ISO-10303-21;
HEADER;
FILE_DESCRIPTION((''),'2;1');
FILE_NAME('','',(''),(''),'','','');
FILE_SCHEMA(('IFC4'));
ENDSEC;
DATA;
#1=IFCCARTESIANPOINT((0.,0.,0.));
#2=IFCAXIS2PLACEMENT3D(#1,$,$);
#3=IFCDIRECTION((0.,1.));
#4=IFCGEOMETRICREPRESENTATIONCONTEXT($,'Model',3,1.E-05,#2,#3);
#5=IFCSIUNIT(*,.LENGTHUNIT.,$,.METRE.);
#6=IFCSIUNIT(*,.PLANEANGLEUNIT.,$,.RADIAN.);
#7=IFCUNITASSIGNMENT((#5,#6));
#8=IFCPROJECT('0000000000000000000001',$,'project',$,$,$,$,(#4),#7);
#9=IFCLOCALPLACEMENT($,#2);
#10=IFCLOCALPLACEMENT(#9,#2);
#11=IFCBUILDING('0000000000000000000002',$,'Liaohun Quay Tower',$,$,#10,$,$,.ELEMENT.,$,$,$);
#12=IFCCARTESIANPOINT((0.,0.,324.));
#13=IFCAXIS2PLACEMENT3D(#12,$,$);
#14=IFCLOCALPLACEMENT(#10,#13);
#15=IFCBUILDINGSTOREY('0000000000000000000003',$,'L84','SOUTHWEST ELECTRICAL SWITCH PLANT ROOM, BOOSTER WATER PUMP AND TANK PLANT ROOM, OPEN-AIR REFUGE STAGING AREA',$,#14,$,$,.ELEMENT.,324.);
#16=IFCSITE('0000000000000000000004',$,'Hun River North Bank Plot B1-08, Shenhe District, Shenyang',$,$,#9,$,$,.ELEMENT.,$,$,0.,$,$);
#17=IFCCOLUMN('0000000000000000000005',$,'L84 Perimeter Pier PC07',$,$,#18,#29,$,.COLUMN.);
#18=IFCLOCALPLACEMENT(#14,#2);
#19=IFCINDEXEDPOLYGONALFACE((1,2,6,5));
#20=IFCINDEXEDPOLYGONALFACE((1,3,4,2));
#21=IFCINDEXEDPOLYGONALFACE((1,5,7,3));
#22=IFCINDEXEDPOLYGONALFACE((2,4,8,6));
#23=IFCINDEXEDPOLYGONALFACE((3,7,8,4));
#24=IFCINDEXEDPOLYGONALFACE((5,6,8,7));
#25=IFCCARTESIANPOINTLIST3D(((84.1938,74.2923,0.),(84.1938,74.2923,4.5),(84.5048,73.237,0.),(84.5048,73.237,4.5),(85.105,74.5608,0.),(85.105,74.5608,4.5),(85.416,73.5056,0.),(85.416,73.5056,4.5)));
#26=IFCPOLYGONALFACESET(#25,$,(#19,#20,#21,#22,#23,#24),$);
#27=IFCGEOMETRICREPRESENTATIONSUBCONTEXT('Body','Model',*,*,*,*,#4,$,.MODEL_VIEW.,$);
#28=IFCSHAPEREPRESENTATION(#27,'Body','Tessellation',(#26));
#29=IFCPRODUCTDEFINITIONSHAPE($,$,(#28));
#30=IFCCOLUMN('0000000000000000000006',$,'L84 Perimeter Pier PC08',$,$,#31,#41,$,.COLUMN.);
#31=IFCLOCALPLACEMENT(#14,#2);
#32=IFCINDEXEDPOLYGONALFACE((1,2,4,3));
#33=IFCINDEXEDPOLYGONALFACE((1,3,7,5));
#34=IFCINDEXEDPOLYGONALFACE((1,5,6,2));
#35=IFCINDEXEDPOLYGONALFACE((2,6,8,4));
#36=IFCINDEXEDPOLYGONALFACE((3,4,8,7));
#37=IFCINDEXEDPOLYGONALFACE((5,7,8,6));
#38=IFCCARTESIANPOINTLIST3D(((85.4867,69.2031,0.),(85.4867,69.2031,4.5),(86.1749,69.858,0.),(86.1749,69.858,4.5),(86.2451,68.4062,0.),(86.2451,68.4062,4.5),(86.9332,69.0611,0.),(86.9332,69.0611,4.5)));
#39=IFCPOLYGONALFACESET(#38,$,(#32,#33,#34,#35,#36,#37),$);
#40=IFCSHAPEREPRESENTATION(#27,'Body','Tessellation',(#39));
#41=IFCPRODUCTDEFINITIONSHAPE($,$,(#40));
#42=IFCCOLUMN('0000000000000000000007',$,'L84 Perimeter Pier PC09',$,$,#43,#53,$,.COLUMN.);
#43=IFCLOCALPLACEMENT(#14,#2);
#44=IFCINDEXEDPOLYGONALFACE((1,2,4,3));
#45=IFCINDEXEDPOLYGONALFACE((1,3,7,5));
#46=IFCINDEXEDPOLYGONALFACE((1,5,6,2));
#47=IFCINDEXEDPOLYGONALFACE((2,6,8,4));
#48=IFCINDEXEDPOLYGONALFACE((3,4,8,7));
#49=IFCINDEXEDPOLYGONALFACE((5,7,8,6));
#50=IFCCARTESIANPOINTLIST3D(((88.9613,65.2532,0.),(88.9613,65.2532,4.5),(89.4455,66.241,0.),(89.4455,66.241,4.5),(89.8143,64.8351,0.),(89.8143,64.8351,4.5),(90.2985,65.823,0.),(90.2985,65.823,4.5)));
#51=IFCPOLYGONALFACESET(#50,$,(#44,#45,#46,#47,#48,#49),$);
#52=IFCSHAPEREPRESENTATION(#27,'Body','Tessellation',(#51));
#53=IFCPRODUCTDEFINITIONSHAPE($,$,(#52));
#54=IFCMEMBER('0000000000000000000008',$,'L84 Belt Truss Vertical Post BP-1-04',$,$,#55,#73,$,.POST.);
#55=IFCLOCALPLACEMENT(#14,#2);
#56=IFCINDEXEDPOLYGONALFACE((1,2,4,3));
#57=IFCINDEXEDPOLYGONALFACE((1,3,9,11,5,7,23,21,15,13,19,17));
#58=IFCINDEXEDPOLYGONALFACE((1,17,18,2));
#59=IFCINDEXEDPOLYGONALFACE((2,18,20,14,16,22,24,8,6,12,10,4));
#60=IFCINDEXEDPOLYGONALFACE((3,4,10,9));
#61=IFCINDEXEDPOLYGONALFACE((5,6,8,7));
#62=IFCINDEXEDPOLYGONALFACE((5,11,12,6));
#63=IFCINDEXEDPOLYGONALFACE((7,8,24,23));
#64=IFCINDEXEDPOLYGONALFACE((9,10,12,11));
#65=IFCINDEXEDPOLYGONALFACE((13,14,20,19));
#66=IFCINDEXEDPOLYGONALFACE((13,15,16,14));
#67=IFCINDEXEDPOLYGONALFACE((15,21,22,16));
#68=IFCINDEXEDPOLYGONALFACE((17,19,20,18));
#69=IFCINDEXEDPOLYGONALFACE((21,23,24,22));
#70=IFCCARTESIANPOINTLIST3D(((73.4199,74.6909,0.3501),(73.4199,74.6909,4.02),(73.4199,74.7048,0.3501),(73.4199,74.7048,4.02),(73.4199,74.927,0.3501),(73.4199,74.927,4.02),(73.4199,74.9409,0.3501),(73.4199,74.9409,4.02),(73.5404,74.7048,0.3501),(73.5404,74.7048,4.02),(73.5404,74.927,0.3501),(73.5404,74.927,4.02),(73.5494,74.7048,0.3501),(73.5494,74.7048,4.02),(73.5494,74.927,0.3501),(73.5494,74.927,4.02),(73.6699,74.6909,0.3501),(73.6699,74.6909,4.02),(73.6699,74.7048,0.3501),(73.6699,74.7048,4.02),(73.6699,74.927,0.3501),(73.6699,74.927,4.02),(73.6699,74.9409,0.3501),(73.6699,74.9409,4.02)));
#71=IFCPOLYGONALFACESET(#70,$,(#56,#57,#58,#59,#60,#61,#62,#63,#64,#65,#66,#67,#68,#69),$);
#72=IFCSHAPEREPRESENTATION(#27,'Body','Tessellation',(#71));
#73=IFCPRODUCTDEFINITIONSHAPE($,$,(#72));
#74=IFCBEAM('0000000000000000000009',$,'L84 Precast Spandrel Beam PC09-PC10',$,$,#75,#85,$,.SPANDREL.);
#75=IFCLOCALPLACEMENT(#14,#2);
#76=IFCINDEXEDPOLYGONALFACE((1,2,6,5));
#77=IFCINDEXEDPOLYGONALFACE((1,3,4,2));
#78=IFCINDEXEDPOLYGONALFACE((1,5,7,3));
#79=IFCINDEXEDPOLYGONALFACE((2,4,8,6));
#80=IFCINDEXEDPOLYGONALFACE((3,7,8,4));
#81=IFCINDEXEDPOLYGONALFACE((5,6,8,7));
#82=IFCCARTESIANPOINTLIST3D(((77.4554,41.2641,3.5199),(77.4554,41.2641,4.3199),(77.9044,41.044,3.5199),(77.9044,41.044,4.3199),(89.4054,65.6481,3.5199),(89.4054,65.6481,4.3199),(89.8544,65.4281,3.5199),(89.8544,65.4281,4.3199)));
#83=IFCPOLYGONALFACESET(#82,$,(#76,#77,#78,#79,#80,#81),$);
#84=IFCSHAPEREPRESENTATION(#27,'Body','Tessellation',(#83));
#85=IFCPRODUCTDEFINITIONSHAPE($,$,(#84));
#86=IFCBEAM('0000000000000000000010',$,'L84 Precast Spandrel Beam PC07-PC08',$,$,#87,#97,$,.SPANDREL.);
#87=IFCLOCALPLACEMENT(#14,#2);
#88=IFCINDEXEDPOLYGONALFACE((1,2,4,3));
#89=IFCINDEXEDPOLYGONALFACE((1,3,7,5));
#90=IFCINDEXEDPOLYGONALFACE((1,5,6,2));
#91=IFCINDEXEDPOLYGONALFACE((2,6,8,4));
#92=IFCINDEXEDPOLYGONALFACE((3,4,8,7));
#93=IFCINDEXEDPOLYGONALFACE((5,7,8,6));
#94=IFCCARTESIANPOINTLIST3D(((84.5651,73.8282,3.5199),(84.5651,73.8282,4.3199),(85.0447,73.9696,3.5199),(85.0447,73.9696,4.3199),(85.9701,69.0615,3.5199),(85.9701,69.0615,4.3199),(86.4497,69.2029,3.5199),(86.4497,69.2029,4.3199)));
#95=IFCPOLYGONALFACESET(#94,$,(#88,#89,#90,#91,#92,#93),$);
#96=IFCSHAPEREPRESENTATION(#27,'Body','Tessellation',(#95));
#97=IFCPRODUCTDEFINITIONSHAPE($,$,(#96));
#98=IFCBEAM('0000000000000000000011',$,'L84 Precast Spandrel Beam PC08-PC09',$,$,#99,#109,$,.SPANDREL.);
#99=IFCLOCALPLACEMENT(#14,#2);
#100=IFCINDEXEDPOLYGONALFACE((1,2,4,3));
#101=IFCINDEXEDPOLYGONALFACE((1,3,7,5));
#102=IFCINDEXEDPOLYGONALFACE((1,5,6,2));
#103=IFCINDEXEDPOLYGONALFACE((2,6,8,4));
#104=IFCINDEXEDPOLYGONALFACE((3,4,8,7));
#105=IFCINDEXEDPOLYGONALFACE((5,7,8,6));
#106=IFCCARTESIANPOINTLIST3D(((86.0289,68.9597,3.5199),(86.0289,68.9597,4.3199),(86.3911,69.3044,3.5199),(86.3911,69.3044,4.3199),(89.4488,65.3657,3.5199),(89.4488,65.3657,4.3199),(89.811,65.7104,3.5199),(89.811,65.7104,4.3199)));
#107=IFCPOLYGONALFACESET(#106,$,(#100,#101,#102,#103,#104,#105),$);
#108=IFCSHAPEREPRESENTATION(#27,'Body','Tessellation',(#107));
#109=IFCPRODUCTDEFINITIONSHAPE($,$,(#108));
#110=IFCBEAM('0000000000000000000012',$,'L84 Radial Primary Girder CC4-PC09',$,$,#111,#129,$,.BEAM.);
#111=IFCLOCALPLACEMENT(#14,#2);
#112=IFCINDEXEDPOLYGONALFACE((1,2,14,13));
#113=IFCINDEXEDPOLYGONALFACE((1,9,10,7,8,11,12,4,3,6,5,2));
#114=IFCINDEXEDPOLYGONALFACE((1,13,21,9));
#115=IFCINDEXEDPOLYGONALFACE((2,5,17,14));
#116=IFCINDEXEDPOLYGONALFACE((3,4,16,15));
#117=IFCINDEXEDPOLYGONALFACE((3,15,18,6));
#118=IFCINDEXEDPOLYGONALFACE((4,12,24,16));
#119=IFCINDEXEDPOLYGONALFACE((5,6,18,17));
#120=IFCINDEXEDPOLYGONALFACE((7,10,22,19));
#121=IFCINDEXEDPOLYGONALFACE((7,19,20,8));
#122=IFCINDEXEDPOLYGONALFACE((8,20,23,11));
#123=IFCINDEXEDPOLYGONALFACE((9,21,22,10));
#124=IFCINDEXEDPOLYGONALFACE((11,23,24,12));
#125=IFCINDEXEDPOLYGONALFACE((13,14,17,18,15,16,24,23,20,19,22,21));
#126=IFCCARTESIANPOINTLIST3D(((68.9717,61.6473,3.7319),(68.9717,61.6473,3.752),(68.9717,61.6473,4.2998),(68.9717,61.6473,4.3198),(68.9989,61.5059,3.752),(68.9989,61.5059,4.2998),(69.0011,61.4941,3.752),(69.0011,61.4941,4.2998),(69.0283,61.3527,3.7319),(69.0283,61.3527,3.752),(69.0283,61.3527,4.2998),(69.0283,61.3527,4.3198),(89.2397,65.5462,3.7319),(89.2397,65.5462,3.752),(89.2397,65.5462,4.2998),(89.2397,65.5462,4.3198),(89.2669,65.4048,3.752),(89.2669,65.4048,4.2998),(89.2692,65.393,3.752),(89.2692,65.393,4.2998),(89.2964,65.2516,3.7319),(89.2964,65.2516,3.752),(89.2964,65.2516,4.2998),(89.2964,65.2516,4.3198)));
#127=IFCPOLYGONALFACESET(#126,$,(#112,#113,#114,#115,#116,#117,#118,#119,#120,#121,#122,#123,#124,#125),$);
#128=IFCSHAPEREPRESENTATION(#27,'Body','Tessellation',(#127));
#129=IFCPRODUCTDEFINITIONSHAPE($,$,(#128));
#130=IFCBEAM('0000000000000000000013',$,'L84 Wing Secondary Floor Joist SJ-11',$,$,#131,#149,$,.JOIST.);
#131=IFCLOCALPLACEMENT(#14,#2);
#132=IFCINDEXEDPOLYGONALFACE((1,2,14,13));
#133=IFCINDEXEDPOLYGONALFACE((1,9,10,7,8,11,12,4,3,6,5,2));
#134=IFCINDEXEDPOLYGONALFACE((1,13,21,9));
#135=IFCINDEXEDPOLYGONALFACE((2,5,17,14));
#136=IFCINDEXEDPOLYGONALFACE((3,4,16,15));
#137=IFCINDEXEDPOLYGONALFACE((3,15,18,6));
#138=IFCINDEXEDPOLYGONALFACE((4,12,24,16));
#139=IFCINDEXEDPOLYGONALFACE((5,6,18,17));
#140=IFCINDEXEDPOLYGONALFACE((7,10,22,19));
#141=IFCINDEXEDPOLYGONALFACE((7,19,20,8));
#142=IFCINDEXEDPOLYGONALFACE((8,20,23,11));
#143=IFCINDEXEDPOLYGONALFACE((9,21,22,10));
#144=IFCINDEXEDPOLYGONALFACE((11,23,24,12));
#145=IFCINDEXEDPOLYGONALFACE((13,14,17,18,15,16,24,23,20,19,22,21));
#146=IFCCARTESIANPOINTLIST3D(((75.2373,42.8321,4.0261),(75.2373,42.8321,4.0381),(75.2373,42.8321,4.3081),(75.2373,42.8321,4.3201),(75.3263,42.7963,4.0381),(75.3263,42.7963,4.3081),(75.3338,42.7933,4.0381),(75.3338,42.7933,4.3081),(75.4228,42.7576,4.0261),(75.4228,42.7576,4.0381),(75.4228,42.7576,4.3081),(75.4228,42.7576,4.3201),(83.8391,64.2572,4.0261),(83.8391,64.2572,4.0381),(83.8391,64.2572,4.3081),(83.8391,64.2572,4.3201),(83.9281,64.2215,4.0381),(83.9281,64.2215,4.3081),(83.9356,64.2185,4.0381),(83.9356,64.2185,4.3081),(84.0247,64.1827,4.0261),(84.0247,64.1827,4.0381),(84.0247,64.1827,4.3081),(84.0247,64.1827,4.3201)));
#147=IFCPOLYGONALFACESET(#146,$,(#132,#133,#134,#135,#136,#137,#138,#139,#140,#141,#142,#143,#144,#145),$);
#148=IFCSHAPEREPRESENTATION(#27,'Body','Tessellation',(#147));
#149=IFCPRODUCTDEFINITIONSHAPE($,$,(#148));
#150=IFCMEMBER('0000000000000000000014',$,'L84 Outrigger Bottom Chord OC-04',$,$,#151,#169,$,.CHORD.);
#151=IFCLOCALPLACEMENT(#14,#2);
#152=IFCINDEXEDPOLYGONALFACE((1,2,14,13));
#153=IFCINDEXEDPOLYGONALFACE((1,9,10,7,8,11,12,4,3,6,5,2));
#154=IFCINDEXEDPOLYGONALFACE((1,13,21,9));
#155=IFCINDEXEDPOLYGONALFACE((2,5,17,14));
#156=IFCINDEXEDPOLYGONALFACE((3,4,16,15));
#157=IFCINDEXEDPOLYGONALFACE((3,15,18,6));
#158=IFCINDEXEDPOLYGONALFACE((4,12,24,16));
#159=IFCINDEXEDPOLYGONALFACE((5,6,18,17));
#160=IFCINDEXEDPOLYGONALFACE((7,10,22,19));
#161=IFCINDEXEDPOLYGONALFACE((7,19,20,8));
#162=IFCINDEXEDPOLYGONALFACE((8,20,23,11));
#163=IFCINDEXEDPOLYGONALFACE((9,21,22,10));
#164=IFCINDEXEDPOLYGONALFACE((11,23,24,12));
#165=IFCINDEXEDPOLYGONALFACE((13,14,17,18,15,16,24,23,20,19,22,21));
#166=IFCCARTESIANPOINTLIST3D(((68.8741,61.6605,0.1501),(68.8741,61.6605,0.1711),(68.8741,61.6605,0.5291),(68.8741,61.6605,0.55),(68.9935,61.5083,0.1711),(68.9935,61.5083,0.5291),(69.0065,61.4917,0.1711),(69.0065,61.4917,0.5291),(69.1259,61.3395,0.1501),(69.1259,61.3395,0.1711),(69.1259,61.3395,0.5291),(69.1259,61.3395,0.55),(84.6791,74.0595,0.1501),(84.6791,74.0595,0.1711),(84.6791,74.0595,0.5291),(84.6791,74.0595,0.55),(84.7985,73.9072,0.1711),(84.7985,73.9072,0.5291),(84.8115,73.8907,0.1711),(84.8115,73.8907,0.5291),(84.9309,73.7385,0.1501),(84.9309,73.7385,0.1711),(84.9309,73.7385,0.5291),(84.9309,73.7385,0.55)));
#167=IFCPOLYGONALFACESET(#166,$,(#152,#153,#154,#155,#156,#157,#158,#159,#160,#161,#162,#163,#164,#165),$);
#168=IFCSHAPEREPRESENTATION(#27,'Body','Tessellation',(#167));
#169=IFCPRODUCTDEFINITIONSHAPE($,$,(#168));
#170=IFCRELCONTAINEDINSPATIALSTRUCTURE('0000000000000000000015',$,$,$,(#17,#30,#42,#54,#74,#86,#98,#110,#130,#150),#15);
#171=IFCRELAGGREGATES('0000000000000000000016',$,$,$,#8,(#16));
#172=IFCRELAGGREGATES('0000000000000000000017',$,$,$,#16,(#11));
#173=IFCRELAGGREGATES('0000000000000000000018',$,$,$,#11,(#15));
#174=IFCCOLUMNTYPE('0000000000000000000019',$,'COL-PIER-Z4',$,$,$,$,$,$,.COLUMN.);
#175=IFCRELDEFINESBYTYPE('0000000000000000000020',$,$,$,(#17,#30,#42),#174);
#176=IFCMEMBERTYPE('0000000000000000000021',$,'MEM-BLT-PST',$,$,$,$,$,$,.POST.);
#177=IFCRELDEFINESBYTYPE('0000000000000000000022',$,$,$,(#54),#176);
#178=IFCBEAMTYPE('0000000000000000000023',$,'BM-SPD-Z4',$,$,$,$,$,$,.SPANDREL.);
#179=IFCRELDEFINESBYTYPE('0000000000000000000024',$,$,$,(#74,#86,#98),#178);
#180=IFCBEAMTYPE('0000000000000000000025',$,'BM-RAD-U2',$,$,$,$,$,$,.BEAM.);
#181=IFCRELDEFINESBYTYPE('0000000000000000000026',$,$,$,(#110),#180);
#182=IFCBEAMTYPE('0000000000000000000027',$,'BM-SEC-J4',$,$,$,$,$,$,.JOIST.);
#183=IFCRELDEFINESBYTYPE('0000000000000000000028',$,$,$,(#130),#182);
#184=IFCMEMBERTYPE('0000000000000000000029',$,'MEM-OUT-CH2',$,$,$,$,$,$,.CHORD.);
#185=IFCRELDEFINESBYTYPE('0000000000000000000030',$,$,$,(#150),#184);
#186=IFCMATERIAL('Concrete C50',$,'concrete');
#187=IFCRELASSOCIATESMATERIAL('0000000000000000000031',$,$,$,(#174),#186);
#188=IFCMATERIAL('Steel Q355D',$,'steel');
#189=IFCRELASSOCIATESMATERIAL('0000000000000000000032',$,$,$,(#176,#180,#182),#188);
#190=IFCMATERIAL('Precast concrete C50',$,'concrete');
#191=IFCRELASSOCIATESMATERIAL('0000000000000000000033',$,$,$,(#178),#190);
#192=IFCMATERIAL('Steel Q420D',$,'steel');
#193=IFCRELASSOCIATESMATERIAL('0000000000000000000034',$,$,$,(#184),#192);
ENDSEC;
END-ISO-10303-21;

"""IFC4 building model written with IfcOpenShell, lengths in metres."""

from ifc_helpers import new_model, si_unit, direction, frame, origin, origin_2d, place, context, subcontext, project, spatial, rectangle, i_section, extrude, source, transform, mapped, material, material_profile, profile_set, type_object, element, save


model = new_model("IFC4")

# Units and contexts
model_context = context("Model", 3, precision=1e-05, world=origin(), true_north=direction((0.0, 1.0)))
body_context = subcontext(model_context, "Body", "Model", "MODEL_VIEW")
ifc_project = project(units=[si_unit("LENGTHUNIT", "METRE"), si_unit("PLANEANGLEUNIT", "RADIAN")], contexts=[model_context])

# Site, building, storey
site_placement = place(None, origin())
site = spatial("IfcSite", under=ifc_project, at=site_placement, Name="Hun River North Bank Plot B1-08, Shenhe District, Shenyang", CompositionType="ELEMENT", RefElevation=0.0)
building_placement = place(site_placement, origin())
building = spatial("IfcBuilding", under=site, at=building_placement, Name="Liaohun Quay Tower", CompositionType="ELEMENT")
storey_placement = place(building_placement, frame((0.0, 0.0, 324.0)))
storey = spatial("IfcBuildingStorey", under=building, at=storey_placement, Name="L84", Description="SOUTHWEST ELECTRICAL SWITCH PLANT ROOM, BOOSTER WATER PUMP AND TANK PLANT ROOM, OPEN-AIR REFUGE STAGING AREA", CompositionType="ELEMENT", Elevation=324.0)

# Columns
ifc_material_1 = material(Name="Concrete C50", Category="concrete")
ifc_material_profile_1 = material_profile(ifc_material_1, rectangle(XDim=1.1001, YDim=0.95, at=origin_2d()), Name="RC1100x950")
ifc_profile_set_1 = profile_set([ifc_material_profile_1], Name="Concrete C50")
column_type = type_object("IfcColumnType", Name="COL-PIER-Z4", PredefinedType="COLUMN", material=ifc_profile_set_1)
shared_shape_1 = source(origin(), body_context, "Body", "SweptSolid", [
    extrude(rectangle(XDim=1.1001, YDim=0.95, at=origin_2d()), origin(), (0.0, 0.0, 1.0), 4.5),
])
for number, where, z_axis, x_axis, name in (
    (1, (84.8049, 73.8989, 0.0), (0.0, 0.0, 1.0), (-0.282676, 0.959215, 0.0), "L84 Perimeter Pier PC07"),
    (2, (86.21, 69.1321, 0.0), (0.0, 0.0, 1.0), (-0.689367, 0.724413, 0.0), "L84 Perimeter Pier PC08"),
    (3, (89.6299, 65.5381, 0.0), (0.0, 0.0, 1.0), (0.440096, 0.897951, 0.0), "L84 Perimeter Pier PC09"),
):
    element("IfcColumn", number, at=place(storey_placement, frame(where, z_axis=z_axis, x_axis=x_axis)), inside=storey, type_object=column_type, Name=name, PredefinedType="COLUMN", context=body_context, shape_type="MappedRepresentation", body=[
        mapped(shared_shape_1, transform((0.0, 0.0, 0.0), x_axis=(1.0, 0.0, 0.0), y_axis=(0.0, 1.0, 0.0), z_axis=(0.0, 0.0, 1.0), scale=1.0)),
    ])

# Member
ifc_material_2 = material(Name="Steel Q355D", Category="steel")
ifc_material_profile_2 = material_profile(ifc_material_2, i_section(OverallWidth=0.25, OverallDepth=0.25, WebThickness=0.009, FlangeThickness=0.0139, at=origin_2d()), Name="HW250x250x9x14")
ifc_profile_set_2 = profile_set([ifc_material_profile_2], Name="Steel Q355D")
member_type_1 = type_object("IfcMemberType", Name="MEM-BLT-PST", PredefinedType="POST", material=ifc_profile_set_2)
shared_shape_2 = source(origin(), body_context, "Body", "SweptSolid", [
    extrude(i_section(OverallWidth=0.25, OverallDepth=0.25, WebThickness=0.009, FlangeThickness=0.0139, at=origin_2d()), origin(), (0.0, 0.0, 1.0), 3.6699),
])
member_1_placement = place(storey_placement, frame((73.5449, 74.8159, 0.3501), z_axis=(0.0, 0.0, 1.0), x_axis=(1.0, 0.0, 0.0)))
element("IfcMember", 4, at=member_1_placement, inside=storey, type_object=member_type_1, Name="L84 Belt Truss Vertical Post BP-1-04", PredefinedType="POST", context=body_context, shape_type="MappedRepresentation", body=[
    mapped(shared_shape_2, transform((0.0, 0.0, 0.0), x_axis=(1.0, 0.0, 0.0), y_axis=(0.0, 1.0, 0.0), z_axis=(0.0, 0.0, 1.0), scale=1.0)),
])

# Beams
ifc_material_3 = material(Name="Precast concrete C50", Category="concrete")
ifc_material_profile_3 = material_profile(ifc_material_3, rectangle(XDim=0.5, YDim=0.8, at=origin_2d()), Name="RC500x800")
ifc_profile_set_3 = profile_set([ifc_material_profile_3], Name="Precast concrete C50")
beam_type_1 = type_object("IfcBeamType", Name="BM-SPD-Z4", PredefinedType="SPANDREL", material=ifc_profile_set_3)
shared_shape_3 = source(origin(), body_context, "Body", "SweptSolid", [
    extrude(rectangle(XDim=0.5, YDim=0.8, at=origin_2d()), origin(), (0.0, 0.0, 1.0), 27.1548),
])
beam_1_placement = place(storey_placement, frame((89.6299, 65.5381, 3.9199), z_axis=(-0.440068, -0.897964, 0.0), x_axis=(0.897964, -0.440068, 0.0)))
element("IfcBeam", 5, at=beam_1_placement, inside=storey, type_object=beam_type_1, Name="L84 Precast Spandrel Beam PC09-PC10", PredefinedType="SPANDREL", context=body_context, shape_type="MappedRepresentation", body=[
    mapped(shared_shape_3, transform((0.0, 0.0, 0.0), x_axis=(1.0, 0.0, 0.0), y_axis=(0.0, 1.0, 0.0), z_axis=(0.0, 0.0, 1.0), scale=1.0)),
])
shared_shape_4 = source(origin(), body_context, "Body", "SweptSolid", [
    extrude(rectangle(XDim=0.5, YDim=0.8, at=origin_2d()), origin(), (0.0, 0.0, 1.0), 4.9695),
])
beam_2_placement = place(storey_placement, frame((84.8049, 73.8989, 3.9199), z_axis=(0.282725, -0.959201, 0.0), x_axis=(0.959201, 0.282725, 0.0)))
element("IfcBeam", 6, at=beam_2_placement, inside=storey, type_object=beam_type_1, Name="L84 Precast Spandrel Beam PC07-PC08", PredefinedType="SPANDREL", context=body_context, shape_type="MappedRepresentation", body=[
    mapped(shared_shape_4, transform((0.0, 0.0, 0.0), x_axis=(1.0, 0.0, 0.0), y_axis=(0.0, 1.0, 0.0), z_axis=(0.0, 0.0, 1.0), scale=1.0)),
])
shared_shape_5 = source(origin(), body_context, "Body", "SweptSolid", [
    extrude(rectangle(XDim=0.5, YDim=0.8, at=origin_2d()), origin(), (0.0, 0.0, 1.0), 4.9612),
])
beam_3_placement = place(storey_placement, frame((86.21, 69.1321, 3.9199), z_axis=(0.689345, -0.724433, 0.0), x_axis=(0.724433, 0.689345, 0.0)))
element("IfcBeam", 7, at=beam_3_placement, inside=storey, type_object=beam_type_1, Name="L84 Precast Spandrel Beam PC08-PC09", PredefinedType="SPANDREL", context=body_context, shape_type="MappedRepresentation", body=[
    mapped(shared_shape_5, transform((0.0, 0.0, 0.0), x_axis=(1.0, 0.0, 0.0), y_axis=(0.0, 1.0, 0.0), z_axis=(0.0, 0.0, 1.0), scale=1.0)),
])
ifc_material_profile_4 = material_profile(ifc_material_2, i_section(OverallWidth=0.3, OverallDepth=0.5879, WebThickness=0.012, FlangeThickness=0.02, at=origin_2d()), Name="HM588x300x12x20")
ifc_profile_set_4 = profile_set([ifc_material_profile_4], Name="Steel Q355D")
beam_type_2 = type_object("IfcBeamType", Name="BM-RAD-U2", PredefinedType="BEAM", material=ifc_profile_set_4)
shared_shape_6 = source(origin(), body_context, "Body", "SweptSolid", [
    extrude(i_section(OverallWidth=0.3, OverallDepth=0.5879, WebThickness=0.012, FlangeThickness=0.02, at=origin_2d()), origin(), (0.0, 0.0, 1.0), 20.6396),
])
beam_4_placement = place(storey_placement, frame((69.0, 61.5, 4.0259), z_axis=(0.981995, 0.188904, 0.0), x_axis=(-0.188904, 0.981995, 0.0)))
element("IfcBeam", 8, at=beam_4_placement, inside=storey, type_object=beam_type_2, Name="L84 Radial Primary Girder CC4-PC09", PredefinedType="BEAM", context=body_context, shape_type="MappedRepresentation", body=[
    mapped(shared_shape_6, transform((0.0, 0.0, 0.0), x_axis=(1.0, 0.0, 0.0), y_axis=(0.0, 1.0, 0.0), z_axis=(0.0, 0.0, 1.0), scale=1.0)),
])
ifc_material_profile_5 = material_profile(ifc_material_2, i_section(OverallWidth=0.2, OverallDepth=0.2939, WebThickness=0.0081, FlangeThickness=0.012, at=origin_2d()), Name="HM294x200x8x12")
ifc_profile_set_5 = profile_set([ifc_material_profile_5], Name="Steel Q355D")
beam_type_3 = type_object("IfcBeamType", Name="BM-SEC-J4", PredefinedType="JOIST", material=ifc_profile_set_5)
shared_shape_7 = source(origin(), body_context, "Body", "SweptSolid", [
    extrude(i_section(OverallWidth=0.2, OverallDepth=0.2939, WebThickness=0.0081, FlangeThickness=0.012, at=origin_2d()), origin(), (0.0, 0.0, 1.0), 23.0874),
])
beam_5_placement = place(storey_placement, frame((83.9319, 64.22, 4.1731), z_axis=(-0.372577, -0.928001, 0.0), x_axis=(0.928001, -0.372577, 0.0)))
element("IfcBeam", 9, at=beam_5_placement, inside=storey, type_object=beam_type_3, Name="L84 Wing Secondary Floor Joist SJ-11", PredefinedType="JOIST", context=body_context, shape_type="MappedRepresentation", body=[
    mapped(shared_shape_7, transform((0.0, 0.0, 0.0), x_axis=(1.0, 0.0, 0.0), y_axis=(0.0, 1.0, 0.0), z_axis=(0.0, 0.0, 1.0), scale=1.0)),
])

# Member
ifc_material_4 = material(Name="Steel Q420D", Category="steel")
ifc_material_profile_6 = material_profile(ifc_material_4, i_section(OverallWidth=0.408, OverallDepth=0.3999, WebThickness=0.021, FlangeThickness=0.021, at=origin_2d()), Name="HW400x408x21x21")
ifc_profile_set_6 = profile_set([ifc_material_profile_6], Name="Steel Q420D")
member_type_2 = type_object("IfcMemberType", Name="MEM-OUT-CH2", PredefinedType="CHORD", material=ifc_profile_set_6)
shared_shape_8 = source(origin(), body_context, "Body", "SweptSolid", [
    extrude(i_section(OverallWidth=0.408, OverallDepth=0.3999, WebThickness=0.021, FlangeThickness=0.021, at=origin_2d()), origin(), (0.0, 0.0, 1.0), 20.0881),
])
member_2_placement = place(storey_placement, frame((69.0, 61.5, 0.3501), z_axis=(0.786783, 0.617229, 0.0), x_axis=(-0.617229, 0.786783, 0.0)))
element("IfcMember", 10, at=member_2_placement, inside=storey, type_object=member_type_2, Name="L84 Outrigger Bottom Chord OC-04", PredefinedType="CHORD", context=body_context, shape_type="MappedRepresentation", body=[
    mapped(shared_shape_8, transform((0.0, 0.0, 0.0), x_axis=(1.0, 0.0, 0.0), y_axis=(0.0, 1.0, 0.0), z_axis=(0.0, 0.0, 1.0), scale=1.0)),
])

save(model, "model.ifc")
